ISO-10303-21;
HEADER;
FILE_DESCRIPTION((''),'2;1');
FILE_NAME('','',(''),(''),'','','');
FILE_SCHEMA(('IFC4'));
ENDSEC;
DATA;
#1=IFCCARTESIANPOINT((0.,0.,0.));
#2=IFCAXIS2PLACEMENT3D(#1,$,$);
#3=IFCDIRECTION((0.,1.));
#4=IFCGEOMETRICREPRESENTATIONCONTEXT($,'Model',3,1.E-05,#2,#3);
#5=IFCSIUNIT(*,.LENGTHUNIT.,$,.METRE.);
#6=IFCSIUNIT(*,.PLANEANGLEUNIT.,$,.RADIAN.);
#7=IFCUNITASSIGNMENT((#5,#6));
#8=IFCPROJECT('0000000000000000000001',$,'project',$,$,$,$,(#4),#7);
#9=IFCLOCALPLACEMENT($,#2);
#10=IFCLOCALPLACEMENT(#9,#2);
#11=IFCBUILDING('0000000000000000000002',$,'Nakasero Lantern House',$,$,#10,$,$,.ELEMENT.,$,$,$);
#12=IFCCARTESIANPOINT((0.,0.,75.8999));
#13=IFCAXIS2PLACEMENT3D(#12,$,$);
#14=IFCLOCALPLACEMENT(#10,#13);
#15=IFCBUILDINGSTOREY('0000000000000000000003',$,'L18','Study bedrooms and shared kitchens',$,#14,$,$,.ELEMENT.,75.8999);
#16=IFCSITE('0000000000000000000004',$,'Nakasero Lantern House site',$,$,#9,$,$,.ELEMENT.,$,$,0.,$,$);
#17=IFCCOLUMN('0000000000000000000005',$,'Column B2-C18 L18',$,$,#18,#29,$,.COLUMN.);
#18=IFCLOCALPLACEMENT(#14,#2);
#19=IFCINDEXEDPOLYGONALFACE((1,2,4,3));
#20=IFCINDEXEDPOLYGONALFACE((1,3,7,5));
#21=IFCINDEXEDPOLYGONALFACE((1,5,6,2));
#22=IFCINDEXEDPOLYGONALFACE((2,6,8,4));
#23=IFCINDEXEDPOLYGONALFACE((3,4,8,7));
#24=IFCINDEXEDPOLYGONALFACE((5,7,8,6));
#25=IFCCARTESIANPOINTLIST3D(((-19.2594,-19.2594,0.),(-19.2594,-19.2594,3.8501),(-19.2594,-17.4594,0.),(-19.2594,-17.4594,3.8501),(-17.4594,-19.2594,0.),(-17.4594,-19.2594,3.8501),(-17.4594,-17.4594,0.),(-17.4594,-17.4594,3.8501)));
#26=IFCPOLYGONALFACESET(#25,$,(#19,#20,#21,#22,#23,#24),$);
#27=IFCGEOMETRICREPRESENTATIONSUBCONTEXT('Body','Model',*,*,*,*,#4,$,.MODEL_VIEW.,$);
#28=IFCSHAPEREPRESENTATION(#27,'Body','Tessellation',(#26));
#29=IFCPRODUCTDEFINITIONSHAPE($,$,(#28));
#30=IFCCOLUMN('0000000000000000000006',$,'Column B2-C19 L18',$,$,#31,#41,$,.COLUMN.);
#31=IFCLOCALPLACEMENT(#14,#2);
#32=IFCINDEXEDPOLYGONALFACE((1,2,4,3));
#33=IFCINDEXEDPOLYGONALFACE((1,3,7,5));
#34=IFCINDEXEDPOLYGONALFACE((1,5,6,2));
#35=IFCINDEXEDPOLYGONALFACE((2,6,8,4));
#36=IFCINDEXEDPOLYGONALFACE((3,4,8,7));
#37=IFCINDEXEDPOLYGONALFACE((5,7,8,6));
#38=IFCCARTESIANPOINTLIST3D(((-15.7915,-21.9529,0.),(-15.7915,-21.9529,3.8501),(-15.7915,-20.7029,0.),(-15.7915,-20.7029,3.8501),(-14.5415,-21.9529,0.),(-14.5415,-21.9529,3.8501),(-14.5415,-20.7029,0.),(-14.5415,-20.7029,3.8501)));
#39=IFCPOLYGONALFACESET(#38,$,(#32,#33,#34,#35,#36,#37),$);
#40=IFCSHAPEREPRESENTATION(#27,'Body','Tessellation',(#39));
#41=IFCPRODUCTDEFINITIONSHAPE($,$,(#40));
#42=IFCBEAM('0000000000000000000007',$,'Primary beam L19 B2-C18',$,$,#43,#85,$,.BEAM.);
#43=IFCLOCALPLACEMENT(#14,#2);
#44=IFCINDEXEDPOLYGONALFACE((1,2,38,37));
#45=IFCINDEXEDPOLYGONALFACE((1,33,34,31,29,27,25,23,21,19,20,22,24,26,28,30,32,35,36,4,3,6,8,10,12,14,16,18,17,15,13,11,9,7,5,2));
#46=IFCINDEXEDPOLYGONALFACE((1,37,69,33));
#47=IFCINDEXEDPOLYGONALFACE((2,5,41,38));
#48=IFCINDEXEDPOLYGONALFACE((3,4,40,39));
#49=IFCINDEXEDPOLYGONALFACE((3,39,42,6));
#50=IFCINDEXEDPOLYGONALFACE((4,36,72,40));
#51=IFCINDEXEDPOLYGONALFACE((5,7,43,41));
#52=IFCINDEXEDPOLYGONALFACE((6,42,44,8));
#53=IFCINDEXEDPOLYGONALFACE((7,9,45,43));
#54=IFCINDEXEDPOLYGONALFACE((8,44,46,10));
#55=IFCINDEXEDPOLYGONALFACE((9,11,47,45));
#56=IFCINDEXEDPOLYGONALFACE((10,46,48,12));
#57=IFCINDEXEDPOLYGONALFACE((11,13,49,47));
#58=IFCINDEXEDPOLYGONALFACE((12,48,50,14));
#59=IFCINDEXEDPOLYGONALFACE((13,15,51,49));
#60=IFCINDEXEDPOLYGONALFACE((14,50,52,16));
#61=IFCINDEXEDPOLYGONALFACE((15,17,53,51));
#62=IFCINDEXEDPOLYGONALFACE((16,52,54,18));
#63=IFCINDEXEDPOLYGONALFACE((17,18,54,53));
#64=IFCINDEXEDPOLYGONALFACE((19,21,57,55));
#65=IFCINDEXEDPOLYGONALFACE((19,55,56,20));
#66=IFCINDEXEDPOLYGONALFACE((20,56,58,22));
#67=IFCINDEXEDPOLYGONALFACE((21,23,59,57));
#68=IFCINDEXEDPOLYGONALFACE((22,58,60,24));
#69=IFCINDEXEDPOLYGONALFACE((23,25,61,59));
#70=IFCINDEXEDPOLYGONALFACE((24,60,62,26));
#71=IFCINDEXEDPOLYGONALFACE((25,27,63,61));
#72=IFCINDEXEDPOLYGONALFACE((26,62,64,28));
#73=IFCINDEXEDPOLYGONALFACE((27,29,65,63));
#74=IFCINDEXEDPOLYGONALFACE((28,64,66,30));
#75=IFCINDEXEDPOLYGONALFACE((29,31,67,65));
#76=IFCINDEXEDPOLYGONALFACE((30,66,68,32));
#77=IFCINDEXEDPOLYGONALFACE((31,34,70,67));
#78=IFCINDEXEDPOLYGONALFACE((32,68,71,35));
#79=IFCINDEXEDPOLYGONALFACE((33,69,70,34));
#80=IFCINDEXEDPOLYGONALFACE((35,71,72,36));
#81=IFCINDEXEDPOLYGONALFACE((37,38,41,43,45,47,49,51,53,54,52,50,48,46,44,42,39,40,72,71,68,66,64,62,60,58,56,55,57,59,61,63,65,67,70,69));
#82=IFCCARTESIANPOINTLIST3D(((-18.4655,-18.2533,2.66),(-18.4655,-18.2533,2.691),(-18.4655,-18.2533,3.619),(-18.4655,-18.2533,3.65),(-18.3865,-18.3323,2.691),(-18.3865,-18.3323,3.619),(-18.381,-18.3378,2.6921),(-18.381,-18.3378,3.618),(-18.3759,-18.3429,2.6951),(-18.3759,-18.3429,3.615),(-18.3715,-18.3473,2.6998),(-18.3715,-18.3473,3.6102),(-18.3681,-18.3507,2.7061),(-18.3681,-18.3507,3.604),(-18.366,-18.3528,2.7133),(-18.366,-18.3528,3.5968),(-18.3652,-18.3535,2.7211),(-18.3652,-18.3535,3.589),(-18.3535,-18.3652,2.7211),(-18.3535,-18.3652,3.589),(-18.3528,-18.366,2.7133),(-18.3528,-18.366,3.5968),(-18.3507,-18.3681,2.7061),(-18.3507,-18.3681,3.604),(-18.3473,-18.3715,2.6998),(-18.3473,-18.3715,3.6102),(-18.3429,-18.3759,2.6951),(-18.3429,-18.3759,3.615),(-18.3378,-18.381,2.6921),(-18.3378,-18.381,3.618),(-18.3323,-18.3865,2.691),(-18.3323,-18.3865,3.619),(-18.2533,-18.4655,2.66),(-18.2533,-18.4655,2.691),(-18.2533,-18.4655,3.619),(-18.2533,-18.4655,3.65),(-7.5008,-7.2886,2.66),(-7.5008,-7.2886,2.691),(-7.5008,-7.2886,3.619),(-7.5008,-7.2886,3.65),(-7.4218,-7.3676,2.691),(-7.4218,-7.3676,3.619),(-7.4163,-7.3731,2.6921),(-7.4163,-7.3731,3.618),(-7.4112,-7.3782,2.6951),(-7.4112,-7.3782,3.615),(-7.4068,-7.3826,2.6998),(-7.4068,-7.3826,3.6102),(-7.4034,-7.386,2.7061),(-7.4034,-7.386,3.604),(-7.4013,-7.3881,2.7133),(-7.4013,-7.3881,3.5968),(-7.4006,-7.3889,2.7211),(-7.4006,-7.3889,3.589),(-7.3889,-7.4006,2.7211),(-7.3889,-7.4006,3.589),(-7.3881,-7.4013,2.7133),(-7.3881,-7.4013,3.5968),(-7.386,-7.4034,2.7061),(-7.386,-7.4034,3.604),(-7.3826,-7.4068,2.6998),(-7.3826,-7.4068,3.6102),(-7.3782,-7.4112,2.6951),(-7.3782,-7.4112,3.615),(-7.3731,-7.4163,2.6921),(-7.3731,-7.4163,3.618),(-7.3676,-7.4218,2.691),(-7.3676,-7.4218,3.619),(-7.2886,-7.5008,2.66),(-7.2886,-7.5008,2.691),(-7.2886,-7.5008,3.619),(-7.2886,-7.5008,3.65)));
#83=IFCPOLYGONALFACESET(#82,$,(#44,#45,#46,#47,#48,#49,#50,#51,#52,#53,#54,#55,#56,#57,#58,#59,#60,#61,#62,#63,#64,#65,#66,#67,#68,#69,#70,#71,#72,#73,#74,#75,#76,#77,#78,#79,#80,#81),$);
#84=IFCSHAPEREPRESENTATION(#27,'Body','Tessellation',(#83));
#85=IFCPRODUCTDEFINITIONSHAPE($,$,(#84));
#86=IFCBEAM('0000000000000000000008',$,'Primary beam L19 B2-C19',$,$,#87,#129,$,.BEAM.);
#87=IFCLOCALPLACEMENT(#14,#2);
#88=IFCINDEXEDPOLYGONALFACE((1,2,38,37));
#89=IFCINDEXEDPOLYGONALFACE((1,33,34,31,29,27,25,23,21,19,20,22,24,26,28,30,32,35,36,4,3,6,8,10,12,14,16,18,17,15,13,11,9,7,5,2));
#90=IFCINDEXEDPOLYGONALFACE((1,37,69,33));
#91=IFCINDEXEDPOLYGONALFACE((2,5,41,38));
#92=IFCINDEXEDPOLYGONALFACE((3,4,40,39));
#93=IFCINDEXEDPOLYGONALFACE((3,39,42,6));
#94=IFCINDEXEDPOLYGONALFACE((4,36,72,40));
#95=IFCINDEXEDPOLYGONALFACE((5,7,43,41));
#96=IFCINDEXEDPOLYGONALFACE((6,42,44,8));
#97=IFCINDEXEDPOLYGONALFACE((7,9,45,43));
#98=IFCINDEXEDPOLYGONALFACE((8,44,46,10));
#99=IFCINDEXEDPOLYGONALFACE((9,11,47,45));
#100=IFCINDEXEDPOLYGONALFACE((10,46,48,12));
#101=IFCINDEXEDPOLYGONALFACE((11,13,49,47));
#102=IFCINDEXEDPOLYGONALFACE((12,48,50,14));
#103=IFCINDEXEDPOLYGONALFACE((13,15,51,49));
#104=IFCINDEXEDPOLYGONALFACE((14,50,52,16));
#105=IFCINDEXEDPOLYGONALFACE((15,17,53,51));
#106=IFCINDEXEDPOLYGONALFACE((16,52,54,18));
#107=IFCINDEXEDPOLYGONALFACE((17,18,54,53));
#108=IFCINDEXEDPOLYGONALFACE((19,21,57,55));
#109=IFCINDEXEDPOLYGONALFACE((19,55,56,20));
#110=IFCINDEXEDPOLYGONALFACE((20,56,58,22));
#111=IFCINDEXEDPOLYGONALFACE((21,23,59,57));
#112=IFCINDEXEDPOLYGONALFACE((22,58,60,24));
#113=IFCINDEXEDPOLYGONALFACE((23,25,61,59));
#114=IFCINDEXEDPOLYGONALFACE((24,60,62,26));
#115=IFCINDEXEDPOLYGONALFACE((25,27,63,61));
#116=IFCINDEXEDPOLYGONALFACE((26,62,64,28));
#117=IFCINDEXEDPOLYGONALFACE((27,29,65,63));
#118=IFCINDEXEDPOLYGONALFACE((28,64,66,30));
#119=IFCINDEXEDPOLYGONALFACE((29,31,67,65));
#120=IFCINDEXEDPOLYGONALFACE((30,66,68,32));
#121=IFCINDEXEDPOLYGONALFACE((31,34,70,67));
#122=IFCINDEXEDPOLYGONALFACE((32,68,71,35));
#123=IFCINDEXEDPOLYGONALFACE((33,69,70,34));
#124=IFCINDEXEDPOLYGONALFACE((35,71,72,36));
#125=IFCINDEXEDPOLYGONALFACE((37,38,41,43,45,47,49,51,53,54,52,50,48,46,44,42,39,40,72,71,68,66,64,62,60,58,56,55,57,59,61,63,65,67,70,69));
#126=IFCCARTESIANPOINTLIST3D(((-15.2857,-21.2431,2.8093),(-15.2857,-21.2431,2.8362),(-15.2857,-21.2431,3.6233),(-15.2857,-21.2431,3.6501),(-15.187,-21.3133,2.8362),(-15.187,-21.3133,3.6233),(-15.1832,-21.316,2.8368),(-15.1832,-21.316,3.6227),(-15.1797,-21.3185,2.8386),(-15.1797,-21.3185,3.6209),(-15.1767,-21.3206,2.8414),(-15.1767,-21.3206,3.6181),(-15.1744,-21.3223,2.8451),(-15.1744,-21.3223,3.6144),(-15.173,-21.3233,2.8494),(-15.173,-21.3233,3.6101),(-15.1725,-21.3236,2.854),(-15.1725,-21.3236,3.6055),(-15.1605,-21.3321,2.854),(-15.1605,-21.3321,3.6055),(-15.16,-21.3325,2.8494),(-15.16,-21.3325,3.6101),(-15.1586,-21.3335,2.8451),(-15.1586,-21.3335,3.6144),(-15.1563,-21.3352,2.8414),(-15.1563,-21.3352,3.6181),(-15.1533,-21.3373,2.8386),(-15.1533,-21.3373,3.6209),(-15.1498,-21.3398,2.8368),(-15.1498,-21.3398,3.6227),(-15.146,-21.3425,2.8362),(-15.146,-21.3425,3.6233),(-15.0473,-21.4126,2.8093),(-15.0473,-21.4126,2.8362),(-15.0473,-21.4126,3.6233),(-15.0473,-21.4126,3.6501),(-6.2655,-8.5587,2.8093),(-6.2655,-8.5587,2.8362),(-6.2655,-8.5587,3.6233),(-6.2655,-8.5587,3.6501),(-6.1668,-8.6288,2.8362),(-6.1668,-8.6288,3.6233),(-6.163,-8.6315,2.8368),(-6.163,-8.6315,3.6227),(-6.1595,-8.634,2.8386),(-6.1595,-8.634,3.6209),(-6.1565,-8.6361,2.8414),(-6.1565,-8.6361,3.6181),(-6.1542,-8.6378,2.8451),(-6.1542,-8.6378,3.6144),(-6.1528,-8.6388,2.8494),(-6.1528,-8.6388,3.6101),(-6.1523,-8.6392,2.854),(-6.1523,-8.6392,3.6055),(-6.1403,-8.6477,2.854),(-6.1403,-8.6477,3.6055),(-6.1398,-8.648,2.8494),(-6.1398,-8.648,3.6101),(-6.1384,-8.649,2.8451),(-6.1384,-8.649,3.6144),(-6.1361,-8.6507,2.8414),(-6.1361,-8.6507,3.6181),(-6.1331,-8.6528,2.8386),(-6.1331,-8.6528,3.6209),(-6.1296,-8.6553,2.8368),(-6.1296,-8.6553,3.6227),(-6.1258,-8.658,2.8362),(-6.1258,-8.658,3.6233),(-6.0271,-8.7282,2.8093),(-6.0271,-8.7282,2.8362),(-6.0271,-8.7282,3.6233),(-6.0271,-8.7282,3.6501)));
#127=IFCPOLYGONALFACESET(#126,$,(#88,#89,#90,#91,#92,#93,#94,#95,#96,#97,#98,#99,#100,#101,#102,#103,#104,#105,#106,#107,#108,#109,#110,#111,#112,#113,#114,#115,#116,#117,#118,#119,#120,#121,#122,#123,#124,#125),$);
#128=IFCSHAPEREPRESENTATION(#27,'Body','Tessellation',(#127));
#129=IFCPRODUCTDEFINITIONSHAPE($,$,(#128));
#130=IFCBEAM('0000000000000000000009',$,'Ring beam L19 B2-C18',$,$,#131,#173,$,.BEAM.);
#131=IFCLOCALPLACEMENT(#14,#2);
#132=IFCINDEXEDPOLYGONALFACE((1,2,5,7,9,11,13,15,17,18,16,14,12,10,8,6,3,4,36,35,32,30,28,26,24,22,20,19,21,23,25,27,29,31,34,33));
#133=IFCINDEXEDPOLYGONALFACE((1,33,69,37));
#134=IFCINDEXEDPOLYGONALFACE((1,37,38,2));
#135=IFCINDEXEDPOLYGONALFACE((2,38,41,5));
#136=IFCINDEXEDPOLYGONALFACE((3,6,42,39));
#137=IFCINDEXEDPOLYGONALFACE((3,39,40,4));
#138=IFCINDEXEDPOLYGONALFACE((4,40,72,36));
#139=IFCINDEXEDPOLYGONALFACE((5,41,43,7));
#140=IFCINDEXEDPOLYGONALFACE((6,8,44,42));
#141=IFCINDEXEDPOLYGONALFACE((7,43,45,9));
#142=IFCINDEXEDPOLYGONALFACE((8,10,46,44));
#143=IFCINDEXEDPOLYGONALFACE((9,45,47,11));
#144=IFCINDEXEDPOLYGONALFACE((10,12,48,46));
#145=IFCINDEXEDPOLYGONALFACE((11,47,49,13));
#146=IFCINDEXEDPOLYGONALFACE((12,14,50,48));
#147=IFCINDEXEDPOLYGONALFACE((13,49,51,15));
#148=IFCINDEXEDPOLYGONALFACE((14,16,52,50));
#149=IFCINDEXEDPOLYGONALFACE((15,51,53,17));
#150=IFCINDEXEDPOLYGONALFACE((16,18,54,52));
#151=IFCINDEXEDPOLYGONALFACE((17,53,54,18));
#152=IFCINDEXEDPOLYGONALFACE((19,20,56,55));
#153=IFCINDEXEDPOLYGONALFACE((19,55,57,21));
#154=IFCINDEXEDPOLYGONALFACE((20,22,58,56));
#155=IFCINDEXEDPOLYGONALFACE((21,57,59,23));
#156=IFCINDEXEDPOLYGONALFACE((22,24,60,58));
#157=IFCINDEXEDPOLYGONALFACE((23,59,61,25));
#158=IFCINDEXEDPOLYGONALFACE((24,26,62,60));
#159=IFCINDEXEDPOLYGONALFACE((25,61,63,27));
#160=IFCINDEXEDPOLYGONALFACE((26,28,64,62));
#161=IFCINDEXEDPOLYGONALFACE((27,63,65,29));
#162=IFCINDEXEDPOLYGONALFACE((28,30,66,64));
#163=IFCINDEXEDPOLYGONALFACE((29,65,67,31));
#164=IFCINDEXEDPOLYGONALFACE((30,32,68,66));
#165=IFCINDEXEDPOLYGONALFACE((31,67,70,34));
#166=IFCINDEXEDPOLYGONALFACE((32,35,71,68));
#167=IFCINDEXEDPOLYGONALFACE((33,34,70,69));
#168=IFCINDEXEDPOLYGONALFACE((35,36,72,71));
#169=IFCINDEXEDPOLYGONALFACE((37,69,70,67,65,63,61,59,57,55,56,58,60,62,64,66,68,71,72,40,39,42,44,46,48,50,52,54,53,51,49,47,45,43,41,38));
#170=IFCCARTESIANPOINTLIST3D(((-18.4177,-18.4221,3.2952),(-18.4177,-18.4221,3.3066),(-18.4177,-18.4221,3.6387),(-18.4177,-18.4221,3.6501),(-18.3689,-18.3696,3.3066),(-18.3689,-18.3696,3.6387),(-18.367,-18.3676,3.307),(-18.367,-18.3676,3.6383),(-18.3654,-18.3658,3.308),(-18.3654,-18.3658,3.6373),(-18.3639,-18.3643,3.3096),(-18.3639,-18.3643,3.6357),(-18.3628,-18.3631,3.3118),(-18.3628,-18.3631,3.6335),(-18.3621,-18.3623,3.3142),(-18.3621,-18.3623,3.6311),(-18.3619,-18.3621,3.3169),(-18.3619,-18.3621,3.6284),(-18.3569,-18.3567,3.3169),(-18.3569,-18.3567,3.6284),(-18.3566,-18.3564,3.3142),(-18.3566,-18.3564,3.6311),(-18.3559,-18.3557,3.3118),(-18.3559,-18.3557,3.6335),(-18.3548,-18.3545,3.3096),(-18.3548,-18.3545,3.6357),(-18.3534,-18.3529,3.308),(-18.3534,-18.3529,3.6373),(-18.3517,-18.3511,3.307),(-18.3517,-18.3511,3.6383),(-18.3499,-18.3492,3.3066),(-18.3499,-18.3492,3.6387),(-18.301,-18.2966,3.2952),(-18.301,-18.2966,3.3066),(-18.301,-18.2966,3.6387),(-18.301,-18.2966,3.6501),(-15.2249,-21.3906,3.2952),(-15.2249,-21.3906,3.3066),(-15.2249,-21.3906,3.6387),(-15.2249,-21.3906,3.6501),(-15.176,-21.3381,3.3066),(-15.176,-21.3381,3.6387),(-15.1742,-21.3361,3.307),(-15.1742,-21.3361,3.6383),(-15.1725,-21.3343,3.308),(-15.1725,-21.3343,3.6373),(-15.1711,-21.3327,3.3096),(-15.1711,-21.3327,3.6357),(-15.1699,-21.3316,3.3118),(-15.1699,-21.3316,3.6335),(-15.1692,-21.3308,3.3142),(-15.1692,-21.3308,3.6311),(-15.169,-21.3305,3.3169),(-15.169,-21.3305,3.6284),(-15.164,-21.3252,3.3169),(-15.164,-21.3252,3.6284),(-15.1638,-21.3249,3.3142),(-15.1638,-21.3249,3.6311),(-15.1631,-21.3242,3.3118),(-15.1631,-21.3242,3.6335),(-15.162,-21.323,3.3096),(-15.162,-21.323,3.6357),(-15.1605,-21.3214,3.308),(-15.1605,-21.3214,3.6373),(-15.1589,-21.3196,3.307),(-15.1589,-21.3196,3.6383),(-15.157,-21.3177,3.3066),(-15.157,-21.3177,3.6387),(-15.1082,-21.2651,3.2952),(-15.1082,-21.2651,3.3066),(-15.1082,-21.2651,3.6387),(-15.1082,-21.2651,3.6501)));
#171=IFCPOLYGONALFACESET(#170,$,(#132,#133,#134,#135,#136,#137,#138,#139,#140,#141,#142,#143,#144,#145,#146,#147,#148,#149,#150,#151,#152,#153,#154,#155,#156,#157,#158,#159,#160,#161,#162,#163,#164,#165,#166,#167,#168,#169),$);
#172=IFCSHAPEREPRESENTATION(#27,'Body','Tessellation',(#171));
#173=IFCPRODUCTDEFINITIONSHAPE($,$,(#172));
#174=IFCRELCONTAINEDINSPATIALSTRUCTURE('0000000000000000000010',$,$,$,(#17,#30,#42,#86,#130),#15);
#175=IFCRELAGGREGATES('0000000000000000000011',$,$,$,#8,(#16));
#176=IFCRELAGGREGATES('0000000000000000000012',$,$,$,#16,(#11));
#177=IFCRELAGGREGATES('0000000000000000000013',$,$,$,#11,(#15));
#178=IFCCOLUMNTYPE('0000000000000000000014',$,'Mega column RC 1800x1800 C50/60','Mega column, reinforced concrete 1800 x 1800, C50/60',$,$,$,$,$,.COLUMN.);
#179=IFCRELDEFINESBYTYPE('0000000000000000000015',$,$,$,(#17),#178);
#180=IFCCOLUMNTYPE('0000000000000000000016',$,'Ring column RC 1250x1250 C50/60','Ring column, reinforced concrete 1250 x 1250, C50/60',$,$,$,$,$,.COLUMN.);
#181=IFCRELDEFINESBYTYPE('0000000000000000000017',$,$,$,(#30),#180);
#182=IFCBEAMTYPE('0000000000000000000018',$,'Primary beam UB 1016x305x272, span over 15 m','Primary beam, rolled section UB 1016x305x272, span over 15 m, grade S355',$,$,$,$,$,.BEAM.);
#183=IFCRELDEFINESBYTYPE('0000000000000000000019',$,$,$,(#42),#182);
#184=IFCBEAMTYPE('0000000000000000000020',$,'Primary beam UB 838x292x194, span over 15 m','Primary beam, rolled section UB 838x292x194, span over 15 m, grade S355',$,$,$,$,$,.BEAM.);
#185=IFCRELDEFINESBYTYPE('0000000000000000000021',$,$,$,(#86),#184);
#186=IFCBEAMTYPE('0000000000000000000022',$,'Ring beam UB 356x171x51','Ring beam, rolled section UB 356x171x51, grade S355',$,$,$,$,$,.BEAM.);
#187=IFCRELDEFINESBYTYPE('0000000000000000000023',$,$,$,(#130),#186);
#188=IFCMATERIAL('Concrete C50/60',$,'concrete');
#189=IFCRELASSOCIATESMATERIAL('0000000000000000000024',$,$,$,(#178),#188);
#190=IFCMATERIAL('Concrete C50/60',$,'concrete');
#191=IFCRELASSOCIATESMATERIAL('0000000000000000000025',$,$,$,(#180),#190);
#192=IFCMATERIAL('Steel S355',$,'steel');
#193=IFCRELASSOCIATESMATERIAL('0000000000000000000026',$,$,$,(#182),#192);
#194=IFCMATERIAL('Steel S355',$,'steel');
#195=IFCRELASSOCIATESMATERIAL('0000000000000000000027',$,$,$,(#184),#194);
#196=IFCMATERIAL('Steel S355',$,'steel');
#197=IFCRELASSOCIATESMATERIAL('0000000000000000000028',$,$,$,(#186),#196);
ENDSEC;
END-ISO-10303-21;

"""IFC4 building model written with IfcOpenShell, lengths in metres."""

from ifc_helpers import new_model, si_unit, direction, frame, origin, origin_2d, place, context, subcontext, project, spatial, rectangle, i_section, extrude, material, material_profile, profile_set, type_object, element, save


model = new_model("IFC4")

# Units and contexts
model_context = context("Model", 3, precision=1e-05, world=origin(), true_north=direction((0.0, 1.0)))
body_context = subcontext(model_context, "Body", "Model", "MODEL_VIEW")
ifc_project = project(units=[si_unit("LENGTHUNIT", "METRE"), si_unit("PLANEANGLEUNIT", "RADIAN")], contexts=[model_context])

# Site, building, storey
site_placement = place(None, origin())
site = spatial("IfcSite", under=ifc_project, at=site_placement, Name="Nakasero Lantern House site", CompositionType="ELEMENT", RefElevation=0.0)
building_placement = place(site_placement, origin())
building = spatial("IfcBuilding", under=site, at=building_placement, Name="Nakasero Lantern House", CompositionType="ELEMENT")
storey_placement = place(building_placement, frame((0.0, 0.0, 75.8999)))
storey = spatial("IfcBuildingStorey", under=building, at=storey_placement, Name="L18", Description="Study bedrooms and shared kitchens", CompositionType="ELEMENT", Elevation=75.8999)

# Columns
ifc_material_1 = material(Name="Concrete C50/60", Category="concrete")
ifc_material_profile_1 = material_profile(ifc_material_1, rectangle(XDim=1.8, YDim=1.8, at=origin_2d()), Name="RC 1800x1800")
ifc_profile_set_1 = profile_set([ifc_material_profile_1], Name="Concrete C50/60")
column_type_1 = type_object("IfcColumnType", Name="Mega column RC 1800x1800 C50/60", Description="Mega column, reinforced concrete 1800 x 1800, C50/60", PredefinedType="COLUMN", material=ifc_profile_set_1)
column_1_placement = place(storey_placement, frame((-18.3594, -18.3594, 0.0), z_axis=(0.0, 0.0, 1.0), x_axis=(1.0, 0.0, 0.0)))
element("IfcColumn", 1, at=column_1_placement, inside=storey, type_object=column_type_1, Name="Column B2-C18 L18", PredefinedType="COLUMN", context=body_context, shape_type="SweptSolid", body=[
    extrude(rectangle(XDim=1.8, YDim=1.8, at=origin_2d()), origin(), (0.0, 0.0, 1.0), 3.8501),
])
ifc_material_2 = material(Name="Concrete C50/60", Category="concrete")
ifc_material_profile_2 = material_profile(ifc_material_2, rectangle(XDim=1.25, YDim=1.25, at=origin_2d()), Name="RC 1250x1250")
ifc_profile_set_2 = profile_set([ifc_material_profile_2], Name="Concrete C50/60")
column_type_2 = type_object("IfcColumnType", Name="Ring column RC 1250x1250 C50/60", Description="Ring column, reinforced concrete 1250 x 1250, C50/60", PredefinedType="COLUMN", material=ifc_profile_set_2)
column_2_placement = place(storey_placement, frame((-15.1665, -21.3279, 0.0), z_axis=(0.0, 0.0, 1.0), x_axis=(1.0, 0.0, 0.0)))
element("IfcColumn", 2, at=column_2_placement, inside=storey, type_object=column_type_2, Name="Column B2-C19 L18", PredefinedType="COLUMN", context=body_context, shape_type="SweptSolid", body=[
    extrude(rectangle(XDim=1.25, YDim=1.25, at=origin_2d()), origin(), (0.0, 0.0, 1.0), 3.8501),
])

# Beams
ifc_material_3 = material(Name="Steel S355", Category="steel")
ifc_material_profile_3 = material_profile(ifc_material_3, i_section(OverallWidth=0.3, OverallDepth=0.99, WebThickness=0.0166, FlangeThickness=0.031, FilletRadius=0.03, at=origin_2d()), Name="UB 1016x305x272")
ifc_profile_set_3 = profile_set([ifc_material_profile_3], Name="Steel S355")
beam_type_1 = type_object("IfcBeamType", Name="Primary beam UB 1016x305x272, span over 15 m", Description="Primary beam, rolled section UB 1016x305x272, span over 15 m, grade S355", PredefinedType="BEAM", material=ifc_profile_set_3)
beam_1_placement = place(storey_placement, frame((-18.3594, -18.3594, 3.155), z_axis=(0.707107, 0.707107, 0.0), x_axis=(-0.707107, 0.707107, 0.0)))
element("IfcBeam", 3, at=beam_1_placement, inside=storey, type_object=beam_type_1, Name="Primary beam L19 B2-C18", PredefinedType="BEAM", context=body_context, shape_type="SweptSolid", body=[
    extrude(i_section(OverallWidth=0.3, OverallDepth=0.99, WebThickness=0.0166, FlangeThickness=0.031, FilletRadius=0.03, at=origin_2d()), origin(), (0.0, 0.0, 1.0), 15.5063),
])
ifc_material_4 = material(Name="Steel S355", Category="steel")
ifc_material_profile_4 = material_profile(ifc_material_4, i_section(OverallWidth=0.2925, OverallDepth=0.8408, WebThickness=0.0146, FlangeThickness=0.0269, FilletRadius=0.0178, at=origin_2d()), Name="UB 838x292x194")
ifc_profile_set_4 = profile_set([ifc_material_profile_4], Name="Steel S355")
beam_type_2 = type_object("IfcBeamType", Name="Primary beam UB 838x292x194, span over 15 m", Description="Primary beam, rolled section UB 838x292x194, span over 15 m, grade S355", PredefinedType="BEAM", material=ifc_profile_set_4)
beam_2_placement = place(storey_placement, frame((-15.1665, -21.3279, 3.2297), z_axis=(0.579529, 0.814952, 0.0), x_axis=(-0.814952, 0.579529, 0.0)))
element("IfcBeam", 4, at=beam_2_placement, inside=storey, type_object=beam_type_2, Name="Primary beam L19 B2-C19", PredefinedType="BEAM", context=body_context, shape_type="SweptSolid", body=[
    extrude(i_section(OverallWidth=0.2925, OverallDepth=0.8408, WebThickness=0.0146, FlangeThickness=0.0269, FilletRadius=0.0178, at=origin_2d()), origin(), (0.0, 0.0, 1.0), 15.5647),
])
ifc_material_5 = material(Name="Steel S355", Category="steel")
ifc_material_profile_5 = material_profile(ifc_material_5, i_section(OverallWidth=0.1714, OverallDepth=0.355, WebThickness=0.0073, FlangeThickness=0.0115, FilletRadius=0.0103, at=origin_2d()), Name="UB 356x171x51")
ifc_profile_set_5 = profile_set([ifc_material_profile_5], Name="Steel S355")
beam_type_3 = type_object("IfcBeamType", Name="Ring beam UB 356x171x51", Description="Ring beam, rolled section UB 356x171x51, grade S355", PredefinedType="BEAM", material=ifc_profile_set_5)
beam_3_placement = place(storey_placement, frame((-18.3594, -18.3594, 3.4727), z_axis=(0.732371, -0.680906, 0.0), x_axis=(0.680906, 0.732371, 0.0)))
element("IfcBeam", 5, at=beam_3_placement, inside=storey, type_object=beam_type_3, Name="Ring beam L19 B2-C18", PredefinedType="BEAM", context=body_context, shape_type="SweptSolid", body=[
    extrude(i_section(OverallWidth=0.1714, OverallDepth=0.355, WebThickness=0.0073, FlangeThickness=0.0115, FilletRadius=0.0103, at=origin_2d()), origin(), (0.0, 0.0, 1.0), 4.3596),
])

save(model, "model.ifc")
